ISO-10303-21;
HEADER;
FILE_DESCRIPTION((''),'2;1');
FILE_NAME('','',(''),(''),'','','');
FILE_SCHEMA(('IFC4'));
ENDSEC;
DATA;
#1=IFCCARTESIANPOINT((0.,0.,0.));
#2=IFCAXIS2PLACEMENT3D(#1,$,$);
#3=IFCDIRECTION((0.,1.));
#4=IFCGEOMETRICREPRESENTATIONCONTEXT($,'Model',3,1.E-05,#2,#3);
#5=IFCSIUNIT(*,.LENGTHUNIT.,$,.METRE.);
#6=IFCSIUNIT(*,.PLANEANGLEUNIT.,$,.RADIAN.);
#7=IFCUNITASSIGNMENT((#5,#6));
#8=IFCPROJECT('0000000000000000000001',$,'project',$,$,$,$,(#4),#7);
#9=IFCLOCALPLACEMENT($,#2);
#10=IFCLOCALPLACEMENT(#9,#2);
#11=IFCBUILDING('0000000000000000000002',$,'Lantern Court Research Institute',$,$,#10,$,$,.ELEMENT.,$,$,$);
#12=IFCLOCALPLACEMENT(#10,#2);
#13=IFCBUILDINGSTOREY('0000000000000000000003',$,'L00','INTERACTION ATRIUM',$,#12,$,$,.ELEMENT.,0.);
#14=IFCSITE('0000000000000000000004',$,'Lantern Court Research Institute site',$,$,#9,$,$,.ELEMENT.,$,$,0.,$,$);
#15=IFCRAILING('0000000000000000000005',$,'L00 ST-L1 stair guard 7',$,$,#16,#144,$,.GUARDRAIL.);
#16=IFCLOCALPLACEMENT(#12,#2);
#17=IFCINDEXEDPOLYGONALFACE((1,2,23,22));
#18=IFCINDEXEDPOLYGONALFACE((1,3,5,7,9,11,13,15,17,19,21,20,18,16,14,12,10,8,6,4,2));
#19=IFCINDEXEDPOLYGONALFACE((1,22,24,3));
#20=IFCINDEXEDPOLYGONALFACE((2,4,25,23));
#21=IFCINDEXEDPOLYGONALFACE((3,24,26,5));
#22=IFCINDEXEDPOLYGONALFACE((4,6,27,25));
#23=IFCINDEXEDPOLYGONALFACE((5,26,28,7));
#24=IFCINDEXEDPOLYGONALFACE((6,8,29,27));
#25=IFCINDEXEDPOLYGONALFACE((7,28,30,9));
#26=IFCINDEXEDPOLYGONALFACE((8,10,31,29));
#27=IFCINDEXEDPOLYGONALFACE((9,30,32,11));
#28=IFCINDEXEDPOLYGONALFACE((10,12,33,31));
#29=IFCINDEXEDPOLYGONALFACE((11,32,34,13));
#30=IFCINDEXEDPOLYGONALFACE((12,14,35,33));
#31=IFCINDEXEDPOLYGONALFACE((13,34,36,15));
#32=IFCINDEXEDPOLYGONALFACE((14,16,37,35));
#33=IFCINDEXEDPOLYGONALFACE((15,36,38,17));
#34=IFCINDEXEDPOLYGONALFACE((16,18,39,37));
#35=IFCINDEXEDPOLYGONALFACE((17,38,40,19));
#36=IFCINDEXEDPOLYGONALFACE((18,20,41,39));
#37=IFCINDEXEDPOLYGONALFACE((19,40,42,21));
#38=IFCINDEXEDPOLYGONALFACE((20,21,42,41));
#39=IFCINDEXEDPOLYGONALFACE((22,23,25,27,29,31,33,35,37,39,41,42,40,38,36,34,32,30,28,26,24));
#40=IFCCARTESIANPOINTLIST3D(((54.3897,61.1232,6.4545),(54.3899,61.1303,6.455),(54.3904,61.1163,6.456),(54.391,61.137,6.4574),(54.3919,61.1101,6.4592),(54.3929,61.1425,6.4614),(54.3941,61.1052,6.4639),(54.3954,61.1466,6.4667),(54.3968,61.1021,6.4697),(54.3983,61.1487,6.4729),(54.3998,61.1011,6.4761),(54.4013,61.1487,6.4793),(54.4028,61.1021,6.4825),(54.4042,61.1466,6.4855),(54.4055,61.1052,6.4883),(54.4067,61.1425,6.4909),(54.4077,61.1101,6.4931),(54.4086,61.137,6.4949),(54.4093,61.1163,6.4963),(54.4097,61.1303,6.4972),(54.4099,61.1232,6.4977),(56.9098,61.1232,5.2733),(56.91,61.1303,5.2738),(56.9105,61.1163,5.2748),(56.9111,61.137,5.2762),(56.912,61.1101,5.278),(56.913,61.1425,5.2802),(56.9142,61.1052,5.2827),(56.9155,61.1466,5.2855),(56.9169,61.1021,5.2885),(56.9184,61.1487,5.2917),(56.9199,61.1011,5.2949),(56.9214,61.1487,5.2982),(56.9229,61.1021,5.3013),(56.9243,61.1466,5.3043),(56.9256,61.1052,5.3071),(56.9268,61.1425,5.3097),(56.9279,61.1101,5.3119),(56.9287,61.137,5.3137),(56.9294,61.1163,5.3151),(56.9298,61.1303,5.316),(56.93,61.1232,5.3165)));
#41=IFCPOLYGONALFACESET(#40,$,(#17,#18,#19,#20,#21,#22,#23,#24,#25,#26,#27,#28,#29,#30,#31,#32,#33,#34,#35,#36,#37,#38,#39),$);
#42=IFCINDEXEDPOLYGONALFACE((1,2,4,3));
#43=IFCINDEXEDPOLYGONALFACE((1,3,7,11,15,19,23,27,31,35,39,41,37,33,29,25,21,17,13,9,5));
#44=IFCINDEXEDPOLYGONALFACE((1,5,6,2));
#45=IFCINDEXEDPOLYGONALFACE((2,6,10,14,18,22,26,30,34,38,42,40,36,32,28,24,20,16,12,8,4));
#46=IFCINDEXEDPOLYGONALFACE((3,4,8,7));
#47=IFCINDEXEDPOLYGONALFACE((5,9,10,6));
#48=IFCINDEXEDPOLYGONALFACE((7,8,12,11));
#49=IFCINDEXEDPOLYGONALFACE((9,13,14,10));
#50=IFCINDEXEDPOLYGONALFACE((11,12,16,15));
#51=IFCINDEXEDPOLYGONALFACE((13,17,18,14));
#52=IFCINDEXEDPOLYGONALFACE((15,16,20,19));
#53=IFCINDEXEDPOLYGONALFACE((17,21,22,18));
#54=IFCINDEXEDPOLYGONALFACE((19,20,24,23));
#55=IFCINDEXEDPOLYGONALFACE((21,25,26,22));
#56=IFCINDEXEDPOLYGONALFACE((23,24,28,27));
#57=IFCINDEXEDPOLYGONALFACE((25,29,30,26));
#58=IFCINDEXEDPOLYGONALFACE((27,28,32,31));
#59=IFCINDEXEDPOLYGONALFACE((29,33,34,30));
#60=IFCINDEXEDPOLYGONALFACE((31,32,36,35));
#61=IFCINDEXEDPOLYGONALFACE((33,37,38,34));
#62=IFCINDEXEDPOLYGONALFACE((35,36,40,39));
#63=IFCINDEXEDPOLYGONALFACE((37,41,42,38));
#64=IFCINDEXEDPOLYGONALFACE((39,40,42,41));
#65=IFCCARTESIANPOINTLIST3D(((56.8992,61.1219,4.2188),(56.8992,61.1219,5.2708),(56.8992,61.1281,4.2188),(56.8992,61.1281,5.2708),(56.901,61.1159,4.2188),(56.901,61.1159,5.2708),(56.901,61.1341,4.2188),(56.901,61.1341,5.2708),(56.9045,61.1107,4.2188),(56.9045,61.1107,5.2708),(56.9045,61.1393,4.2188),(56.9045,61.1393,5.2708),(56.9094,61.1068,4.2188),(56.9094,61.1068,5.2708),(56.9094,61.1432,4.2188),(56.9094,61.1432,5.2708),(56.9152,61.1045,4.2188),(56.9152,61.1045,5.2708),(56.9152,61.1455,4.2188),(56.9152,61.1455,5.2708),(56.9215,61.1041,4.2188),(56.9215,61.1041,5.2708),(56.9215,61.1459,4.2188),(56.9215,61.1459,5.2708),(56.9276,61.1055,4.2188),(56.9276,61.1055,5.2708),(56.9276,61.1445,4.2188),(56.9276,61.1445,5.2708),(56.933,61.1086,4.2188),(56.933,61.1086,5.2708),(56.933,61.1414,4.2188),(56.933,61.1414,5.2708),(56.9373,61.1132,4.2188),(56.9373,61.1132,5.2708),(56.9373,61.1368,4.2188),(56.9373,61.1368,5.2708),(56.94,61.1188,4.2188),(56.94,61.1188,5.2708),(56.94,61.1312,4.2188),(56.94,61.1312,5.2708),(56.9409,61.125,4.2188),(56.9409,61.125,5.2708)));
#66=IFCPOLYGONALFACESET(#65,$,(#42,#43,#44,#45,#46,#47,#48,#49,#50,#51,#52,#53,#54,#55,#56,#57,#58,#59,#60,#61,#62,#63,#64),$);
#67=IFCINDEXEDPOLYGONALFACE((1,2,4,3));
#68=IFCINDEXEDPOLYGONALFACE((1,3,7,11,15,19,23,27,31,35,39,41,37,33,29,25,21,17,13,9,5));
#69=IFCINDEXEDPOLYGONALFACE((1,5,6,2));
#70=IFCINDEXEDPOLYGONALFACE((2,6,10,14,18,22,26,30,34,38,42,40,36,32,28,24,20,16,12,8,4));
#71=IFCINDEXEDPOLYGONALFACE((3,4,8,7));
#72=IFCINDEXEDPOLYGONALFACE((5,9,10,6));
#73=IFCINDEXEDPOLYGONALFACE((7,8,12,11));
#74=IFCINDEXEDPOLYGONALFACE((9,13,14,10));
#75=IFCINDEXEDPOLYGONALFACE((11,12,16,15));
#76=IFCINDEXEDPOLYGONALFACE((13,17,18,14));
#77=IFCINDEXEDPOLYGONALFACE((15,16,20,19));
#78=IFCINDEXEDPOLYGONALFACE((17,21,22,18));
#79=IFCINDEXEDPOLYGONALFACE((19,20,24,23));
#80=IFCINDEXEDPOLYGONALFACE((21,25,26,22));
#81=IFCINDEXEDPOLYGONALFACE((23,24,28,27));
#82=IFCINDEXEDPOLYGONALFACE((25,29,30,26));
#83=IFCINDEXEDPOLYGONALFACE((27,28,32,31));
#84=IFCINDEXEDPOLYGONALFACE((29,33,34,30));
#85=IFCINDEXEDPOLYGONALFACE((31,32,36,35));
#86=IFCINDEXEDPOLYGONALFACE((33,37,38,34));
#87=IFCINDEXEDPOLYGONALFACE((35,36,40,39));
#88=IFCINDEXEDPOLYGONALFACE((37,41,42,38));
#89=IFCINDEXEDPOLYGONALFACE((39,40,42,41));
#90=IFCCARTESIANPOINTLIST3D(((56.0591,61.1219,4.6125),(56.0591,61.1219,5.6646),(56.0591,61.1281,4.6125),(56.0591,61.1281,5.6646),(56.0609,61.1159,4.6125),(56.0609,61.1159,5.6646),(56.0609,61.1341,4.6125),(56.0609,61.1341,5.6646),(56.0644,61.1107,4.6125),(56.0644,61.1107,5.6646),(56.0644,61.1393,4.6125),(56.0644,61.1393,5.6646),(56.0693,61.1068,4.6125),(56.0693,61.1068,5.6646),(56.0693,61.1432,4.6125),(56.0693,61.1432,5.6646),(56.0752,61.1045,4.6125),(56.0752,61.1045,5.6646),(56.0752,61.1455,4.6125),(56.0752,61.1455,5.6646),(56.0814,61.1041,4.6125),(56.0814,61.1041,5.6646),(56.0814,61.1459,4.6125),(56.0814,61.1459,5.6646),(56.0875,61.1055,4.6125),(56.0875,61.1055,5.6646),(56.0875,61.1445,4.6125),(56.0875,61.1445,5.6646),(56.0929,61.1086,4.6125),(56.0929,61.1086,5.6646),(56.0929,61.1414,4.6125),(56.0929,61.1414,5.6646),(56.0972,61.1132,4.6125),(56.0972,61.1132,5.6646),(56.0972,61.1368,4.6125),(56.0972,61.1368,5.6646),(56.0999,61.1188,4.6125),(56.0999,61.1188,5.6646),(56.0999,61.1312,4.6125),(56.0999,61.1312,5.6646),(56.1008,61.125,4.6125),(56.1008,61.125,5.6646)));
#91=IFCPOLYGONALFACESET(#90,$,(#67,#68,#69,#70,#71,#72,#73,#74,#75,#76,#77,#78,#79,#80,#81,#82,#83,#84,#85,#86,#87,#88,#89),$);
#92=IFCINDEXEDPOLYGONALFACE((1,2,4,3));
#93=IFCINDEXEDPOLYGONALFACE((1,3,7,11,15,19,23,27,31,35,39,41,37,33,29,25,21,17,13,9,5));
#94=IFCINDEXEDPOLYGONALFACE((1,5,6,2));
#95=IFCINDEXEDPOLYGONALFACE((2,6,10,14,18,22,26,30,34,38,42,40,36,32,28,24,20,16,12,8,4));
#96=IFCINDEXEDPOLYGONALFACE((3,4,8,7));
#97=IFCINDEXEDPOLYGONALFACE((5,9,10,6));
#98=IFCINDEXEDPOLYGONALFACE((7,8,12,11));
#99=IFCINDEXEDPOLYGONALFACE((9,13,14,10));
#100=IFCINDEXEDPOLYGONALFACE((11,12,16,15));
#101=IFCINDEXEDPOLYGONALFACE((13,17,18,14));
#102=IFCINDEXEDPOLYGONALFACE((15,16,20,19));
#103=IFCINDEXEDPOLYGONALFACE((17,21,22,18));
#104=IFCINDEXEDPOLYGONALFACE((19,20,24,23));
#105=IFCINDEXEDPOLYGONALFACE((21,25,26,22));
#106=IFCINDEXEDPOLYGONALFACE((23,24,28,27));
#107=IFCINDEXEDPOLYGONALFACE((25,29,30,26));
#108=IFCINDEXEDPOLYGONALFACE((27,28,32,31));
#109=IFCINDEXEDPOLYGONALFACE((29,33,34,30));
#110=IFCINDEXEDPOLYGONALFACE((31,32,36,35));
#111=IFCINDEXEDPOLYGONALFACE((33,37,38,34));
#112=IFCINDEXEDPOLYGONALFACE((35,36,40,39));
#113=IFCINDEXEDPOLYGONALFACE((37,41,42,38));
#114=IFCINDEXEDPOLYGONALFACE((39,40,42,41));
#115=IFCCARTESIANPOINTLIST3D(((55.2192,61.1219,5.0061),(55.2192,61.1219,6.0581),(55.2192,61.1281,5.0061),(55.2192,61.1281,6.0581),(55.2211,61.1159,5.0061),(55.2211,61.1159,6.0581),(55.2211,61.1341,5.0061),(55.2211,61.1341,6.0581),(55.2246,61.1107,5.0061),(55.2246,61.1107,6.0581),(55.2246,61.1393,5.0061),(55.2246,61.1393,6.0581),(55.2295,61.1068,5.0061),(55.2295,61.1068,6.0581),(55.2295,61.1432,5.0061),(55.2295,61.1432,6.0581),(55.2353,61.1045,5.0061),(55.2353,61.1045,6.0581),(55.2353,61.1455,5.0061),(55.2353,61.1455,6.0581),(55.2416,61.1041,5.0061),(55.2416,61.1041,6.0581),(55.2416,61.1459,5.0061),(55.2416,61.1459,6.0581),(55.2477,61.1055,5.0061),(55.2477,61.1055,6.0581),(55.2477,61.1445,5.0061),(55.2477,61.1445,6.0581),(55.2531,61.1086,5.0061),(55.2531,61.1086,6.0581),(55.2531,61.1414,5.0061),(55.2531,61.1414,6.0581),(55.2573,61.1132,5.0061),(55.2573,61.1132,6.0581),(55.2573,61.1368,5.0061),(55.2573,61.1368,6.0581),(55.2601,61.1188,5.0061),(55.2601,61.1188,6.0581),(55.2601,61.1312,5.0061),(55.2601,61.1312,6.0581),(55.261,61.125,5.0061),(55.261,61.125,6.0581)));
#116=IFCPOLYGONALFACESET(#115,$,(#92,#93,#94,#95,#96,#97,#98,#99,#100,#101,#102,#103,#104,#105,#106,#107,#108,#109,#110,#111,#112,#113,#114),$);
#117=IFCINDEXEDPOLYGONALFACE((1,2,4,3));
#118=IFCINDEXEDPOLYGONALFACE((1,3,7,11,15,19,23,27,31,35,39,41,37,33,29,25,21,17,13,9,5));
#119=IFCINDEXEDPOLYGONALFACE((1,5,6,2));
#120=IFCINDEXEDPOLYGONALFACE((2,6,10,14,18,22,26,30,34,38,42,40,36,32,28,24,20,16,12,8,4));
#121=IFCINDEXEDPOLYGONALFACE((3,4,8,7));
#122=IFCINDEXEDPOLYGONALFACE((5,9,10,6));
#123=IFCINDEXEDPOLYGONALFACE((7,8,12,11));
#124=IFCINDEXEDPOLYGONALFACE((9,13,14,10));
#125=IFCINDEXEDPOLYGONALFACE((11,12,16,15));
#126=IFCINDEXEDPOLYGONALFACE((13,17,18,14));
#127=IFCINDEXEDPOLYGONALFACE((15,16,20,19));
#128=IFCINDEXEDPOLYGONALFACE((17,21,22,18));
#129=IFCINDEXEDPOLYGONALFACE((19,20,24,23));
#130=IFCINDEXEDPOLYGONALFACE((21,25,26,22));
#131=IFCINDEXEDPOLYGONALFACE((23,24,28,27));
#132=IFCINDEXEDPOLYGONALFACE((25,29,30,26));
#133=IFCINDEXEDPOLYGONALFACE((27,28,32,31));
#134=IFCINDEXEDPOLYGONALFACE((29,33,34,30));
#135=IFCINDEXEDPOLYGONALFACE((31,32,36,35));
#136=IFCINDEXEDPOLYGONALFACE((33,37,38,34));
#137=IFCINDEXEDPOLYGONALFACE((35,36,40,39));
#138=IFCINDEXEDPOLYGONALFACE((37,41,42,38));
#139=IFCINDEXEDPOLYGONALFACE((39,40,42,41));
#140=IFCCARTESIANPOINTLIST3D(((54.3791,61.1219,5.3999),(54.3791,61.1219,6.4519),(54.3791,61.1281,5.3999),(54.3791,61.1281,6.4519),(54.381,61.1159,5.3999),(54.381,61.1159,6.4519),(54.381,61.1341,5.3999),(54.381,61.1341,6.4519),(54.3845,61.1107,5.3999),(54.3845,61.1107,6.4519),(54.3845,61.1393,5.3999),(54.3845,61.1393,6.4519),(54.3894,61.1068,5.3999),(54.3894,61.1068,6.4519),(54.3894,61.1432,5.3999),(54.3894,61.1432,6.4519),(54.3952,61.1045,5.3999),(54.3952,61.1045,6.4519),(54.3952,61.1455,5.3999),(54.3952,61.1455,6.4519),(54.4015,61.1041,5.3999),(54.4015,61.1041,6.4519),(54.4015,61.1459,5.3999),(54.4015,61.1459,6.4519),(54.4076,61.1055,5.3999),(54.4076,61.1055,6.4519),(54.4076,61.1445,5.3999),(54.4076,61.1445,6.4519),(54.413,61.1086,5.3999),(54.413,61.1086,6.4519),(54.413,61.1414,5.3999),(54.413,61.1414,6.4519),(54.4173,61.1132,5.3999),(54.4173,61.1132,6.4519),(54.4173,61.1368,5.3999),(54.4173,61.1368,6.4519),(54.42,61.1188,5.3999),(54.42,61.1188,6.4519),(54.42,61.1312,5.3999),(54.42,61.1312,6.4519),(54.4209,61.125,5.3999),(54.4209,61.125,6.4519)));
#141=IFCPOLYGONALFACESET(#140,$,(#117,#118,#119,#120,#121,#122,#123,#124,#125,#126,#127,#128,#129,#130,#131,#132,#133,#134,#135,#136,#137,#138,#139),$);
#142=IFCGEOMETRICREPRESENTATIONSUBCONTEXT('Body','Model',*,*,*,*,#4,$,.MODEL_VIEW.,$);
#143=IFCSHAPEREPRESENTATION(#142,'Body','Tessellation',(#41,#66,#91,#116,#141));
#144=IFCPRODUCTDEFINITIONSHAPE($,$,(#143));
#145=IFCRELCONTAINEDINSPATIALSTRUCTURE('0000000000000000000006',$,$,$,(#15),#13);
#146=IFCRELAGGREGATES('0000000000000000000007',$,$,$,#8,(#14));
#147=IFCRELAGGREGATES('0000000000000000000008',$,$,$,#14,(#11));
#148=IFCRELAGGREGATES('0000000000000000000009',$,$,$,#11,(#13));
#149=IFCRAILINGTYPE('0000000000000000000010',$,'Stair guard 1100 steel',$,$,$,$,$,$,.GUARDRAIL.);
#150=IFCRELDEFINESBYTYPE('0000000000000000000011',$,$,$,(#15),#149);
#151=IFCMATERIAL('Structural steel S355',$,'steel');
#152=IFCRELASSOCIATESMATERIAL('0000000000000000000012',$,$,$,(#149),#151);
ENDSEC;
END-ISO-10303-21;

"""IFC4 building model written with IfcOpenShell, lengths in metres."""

from ifc_helpers import new_model, si_unit, direction, frame, origin, origin_2d, place, context, subcontext, project, spatial, circle, extrude, material, type_object, element, save


model = new_model("IFC4")

# Units and contexts
model_context = context("Model", 3, precision=1e-05, world=origin(), true_north=direction((0.0, 1.0)))
body_context = subcontext(model_context, "Body", "Model", "MODEL_VIEW")
ifc_project = project(units=[si_unit("LENGTHUNIT", "METRE"), si_unit("PLANEANGLEUNIT", "RADIAN")], contexts=[model_context])

# Site, building, storey
site_placement = place(None, origin())
site = spatial("IfcSite", under=ifc_project, at=site_placement, Name="Lantern Court Research Institute site", CompositionType="ELEMENT", RefElevation=0.0)
building_placement = place(site_placement, origin())
building = spatial("IfcBuilding", under=site, at=building_placement, Name="Lantern Court Research Institute", CompositionType="ELEMENT")
storey_placement = place(building_placement, origin())
storey = spatial("IfcBuildingStorey", under=building, at=storey_placement, Name="L00", Description="INTERACTION ATRIUM", CompositionType="ELEMENT", Elevation=0.0)

# Railing
ifc_material_1 = material(Name="Structural steel S355", Category="steel")
railing_type_1 = type_object("IfcRailingType", Name="Stair guard 1100 steel", PredefinedType="GUARDRAIL", material=ifc_material_1)
railing_1_placement = place(storey_placement, frame((56.9199, 61.125, 4.2188)))
element("IfcRailing", 1, at=railing_1_placement, inside=storey, type_object=railing_type_1, Name="L00 ST-L1 stair guard 7", PredefinedType="GUARDRAIL", context=body_context, shape_type="SweptSolid", body=[
    extrude(circle(Radius=0.0239, at=origin_2d()), frame((0.0, 0.0, 1.0762), z_axis=(-0.905474, 0.0, 0.424402), x_axis=(0.0, -1.0, 0.0)), (0.0, 0.0, 1.0), 2.7832),
    extrude(circle(Radius=0.021, at=origin_2d()), origin(), (0.0, 0.0, 1.0), 1.052),
    extrude(circle(Radius=0.021, at=origin_2d()), frame((-0.8401, 0.0, 0.3938)), (0.0, 0.0, 1.0), 1.052),
    extrude(circle(Radius=0.021, at=origin_2d()), frame((-1.6799, 0.0, 0.7874)), (0.0, 0.0, 1.0), 1.052),
    extrude(circle(Radius=0.021, at=origin_2d()), frame((-2.52, 0.0, 1.1812)), (0.0, 0.0, 1.0), 1.052),
])

save(model, "model.ifc")
